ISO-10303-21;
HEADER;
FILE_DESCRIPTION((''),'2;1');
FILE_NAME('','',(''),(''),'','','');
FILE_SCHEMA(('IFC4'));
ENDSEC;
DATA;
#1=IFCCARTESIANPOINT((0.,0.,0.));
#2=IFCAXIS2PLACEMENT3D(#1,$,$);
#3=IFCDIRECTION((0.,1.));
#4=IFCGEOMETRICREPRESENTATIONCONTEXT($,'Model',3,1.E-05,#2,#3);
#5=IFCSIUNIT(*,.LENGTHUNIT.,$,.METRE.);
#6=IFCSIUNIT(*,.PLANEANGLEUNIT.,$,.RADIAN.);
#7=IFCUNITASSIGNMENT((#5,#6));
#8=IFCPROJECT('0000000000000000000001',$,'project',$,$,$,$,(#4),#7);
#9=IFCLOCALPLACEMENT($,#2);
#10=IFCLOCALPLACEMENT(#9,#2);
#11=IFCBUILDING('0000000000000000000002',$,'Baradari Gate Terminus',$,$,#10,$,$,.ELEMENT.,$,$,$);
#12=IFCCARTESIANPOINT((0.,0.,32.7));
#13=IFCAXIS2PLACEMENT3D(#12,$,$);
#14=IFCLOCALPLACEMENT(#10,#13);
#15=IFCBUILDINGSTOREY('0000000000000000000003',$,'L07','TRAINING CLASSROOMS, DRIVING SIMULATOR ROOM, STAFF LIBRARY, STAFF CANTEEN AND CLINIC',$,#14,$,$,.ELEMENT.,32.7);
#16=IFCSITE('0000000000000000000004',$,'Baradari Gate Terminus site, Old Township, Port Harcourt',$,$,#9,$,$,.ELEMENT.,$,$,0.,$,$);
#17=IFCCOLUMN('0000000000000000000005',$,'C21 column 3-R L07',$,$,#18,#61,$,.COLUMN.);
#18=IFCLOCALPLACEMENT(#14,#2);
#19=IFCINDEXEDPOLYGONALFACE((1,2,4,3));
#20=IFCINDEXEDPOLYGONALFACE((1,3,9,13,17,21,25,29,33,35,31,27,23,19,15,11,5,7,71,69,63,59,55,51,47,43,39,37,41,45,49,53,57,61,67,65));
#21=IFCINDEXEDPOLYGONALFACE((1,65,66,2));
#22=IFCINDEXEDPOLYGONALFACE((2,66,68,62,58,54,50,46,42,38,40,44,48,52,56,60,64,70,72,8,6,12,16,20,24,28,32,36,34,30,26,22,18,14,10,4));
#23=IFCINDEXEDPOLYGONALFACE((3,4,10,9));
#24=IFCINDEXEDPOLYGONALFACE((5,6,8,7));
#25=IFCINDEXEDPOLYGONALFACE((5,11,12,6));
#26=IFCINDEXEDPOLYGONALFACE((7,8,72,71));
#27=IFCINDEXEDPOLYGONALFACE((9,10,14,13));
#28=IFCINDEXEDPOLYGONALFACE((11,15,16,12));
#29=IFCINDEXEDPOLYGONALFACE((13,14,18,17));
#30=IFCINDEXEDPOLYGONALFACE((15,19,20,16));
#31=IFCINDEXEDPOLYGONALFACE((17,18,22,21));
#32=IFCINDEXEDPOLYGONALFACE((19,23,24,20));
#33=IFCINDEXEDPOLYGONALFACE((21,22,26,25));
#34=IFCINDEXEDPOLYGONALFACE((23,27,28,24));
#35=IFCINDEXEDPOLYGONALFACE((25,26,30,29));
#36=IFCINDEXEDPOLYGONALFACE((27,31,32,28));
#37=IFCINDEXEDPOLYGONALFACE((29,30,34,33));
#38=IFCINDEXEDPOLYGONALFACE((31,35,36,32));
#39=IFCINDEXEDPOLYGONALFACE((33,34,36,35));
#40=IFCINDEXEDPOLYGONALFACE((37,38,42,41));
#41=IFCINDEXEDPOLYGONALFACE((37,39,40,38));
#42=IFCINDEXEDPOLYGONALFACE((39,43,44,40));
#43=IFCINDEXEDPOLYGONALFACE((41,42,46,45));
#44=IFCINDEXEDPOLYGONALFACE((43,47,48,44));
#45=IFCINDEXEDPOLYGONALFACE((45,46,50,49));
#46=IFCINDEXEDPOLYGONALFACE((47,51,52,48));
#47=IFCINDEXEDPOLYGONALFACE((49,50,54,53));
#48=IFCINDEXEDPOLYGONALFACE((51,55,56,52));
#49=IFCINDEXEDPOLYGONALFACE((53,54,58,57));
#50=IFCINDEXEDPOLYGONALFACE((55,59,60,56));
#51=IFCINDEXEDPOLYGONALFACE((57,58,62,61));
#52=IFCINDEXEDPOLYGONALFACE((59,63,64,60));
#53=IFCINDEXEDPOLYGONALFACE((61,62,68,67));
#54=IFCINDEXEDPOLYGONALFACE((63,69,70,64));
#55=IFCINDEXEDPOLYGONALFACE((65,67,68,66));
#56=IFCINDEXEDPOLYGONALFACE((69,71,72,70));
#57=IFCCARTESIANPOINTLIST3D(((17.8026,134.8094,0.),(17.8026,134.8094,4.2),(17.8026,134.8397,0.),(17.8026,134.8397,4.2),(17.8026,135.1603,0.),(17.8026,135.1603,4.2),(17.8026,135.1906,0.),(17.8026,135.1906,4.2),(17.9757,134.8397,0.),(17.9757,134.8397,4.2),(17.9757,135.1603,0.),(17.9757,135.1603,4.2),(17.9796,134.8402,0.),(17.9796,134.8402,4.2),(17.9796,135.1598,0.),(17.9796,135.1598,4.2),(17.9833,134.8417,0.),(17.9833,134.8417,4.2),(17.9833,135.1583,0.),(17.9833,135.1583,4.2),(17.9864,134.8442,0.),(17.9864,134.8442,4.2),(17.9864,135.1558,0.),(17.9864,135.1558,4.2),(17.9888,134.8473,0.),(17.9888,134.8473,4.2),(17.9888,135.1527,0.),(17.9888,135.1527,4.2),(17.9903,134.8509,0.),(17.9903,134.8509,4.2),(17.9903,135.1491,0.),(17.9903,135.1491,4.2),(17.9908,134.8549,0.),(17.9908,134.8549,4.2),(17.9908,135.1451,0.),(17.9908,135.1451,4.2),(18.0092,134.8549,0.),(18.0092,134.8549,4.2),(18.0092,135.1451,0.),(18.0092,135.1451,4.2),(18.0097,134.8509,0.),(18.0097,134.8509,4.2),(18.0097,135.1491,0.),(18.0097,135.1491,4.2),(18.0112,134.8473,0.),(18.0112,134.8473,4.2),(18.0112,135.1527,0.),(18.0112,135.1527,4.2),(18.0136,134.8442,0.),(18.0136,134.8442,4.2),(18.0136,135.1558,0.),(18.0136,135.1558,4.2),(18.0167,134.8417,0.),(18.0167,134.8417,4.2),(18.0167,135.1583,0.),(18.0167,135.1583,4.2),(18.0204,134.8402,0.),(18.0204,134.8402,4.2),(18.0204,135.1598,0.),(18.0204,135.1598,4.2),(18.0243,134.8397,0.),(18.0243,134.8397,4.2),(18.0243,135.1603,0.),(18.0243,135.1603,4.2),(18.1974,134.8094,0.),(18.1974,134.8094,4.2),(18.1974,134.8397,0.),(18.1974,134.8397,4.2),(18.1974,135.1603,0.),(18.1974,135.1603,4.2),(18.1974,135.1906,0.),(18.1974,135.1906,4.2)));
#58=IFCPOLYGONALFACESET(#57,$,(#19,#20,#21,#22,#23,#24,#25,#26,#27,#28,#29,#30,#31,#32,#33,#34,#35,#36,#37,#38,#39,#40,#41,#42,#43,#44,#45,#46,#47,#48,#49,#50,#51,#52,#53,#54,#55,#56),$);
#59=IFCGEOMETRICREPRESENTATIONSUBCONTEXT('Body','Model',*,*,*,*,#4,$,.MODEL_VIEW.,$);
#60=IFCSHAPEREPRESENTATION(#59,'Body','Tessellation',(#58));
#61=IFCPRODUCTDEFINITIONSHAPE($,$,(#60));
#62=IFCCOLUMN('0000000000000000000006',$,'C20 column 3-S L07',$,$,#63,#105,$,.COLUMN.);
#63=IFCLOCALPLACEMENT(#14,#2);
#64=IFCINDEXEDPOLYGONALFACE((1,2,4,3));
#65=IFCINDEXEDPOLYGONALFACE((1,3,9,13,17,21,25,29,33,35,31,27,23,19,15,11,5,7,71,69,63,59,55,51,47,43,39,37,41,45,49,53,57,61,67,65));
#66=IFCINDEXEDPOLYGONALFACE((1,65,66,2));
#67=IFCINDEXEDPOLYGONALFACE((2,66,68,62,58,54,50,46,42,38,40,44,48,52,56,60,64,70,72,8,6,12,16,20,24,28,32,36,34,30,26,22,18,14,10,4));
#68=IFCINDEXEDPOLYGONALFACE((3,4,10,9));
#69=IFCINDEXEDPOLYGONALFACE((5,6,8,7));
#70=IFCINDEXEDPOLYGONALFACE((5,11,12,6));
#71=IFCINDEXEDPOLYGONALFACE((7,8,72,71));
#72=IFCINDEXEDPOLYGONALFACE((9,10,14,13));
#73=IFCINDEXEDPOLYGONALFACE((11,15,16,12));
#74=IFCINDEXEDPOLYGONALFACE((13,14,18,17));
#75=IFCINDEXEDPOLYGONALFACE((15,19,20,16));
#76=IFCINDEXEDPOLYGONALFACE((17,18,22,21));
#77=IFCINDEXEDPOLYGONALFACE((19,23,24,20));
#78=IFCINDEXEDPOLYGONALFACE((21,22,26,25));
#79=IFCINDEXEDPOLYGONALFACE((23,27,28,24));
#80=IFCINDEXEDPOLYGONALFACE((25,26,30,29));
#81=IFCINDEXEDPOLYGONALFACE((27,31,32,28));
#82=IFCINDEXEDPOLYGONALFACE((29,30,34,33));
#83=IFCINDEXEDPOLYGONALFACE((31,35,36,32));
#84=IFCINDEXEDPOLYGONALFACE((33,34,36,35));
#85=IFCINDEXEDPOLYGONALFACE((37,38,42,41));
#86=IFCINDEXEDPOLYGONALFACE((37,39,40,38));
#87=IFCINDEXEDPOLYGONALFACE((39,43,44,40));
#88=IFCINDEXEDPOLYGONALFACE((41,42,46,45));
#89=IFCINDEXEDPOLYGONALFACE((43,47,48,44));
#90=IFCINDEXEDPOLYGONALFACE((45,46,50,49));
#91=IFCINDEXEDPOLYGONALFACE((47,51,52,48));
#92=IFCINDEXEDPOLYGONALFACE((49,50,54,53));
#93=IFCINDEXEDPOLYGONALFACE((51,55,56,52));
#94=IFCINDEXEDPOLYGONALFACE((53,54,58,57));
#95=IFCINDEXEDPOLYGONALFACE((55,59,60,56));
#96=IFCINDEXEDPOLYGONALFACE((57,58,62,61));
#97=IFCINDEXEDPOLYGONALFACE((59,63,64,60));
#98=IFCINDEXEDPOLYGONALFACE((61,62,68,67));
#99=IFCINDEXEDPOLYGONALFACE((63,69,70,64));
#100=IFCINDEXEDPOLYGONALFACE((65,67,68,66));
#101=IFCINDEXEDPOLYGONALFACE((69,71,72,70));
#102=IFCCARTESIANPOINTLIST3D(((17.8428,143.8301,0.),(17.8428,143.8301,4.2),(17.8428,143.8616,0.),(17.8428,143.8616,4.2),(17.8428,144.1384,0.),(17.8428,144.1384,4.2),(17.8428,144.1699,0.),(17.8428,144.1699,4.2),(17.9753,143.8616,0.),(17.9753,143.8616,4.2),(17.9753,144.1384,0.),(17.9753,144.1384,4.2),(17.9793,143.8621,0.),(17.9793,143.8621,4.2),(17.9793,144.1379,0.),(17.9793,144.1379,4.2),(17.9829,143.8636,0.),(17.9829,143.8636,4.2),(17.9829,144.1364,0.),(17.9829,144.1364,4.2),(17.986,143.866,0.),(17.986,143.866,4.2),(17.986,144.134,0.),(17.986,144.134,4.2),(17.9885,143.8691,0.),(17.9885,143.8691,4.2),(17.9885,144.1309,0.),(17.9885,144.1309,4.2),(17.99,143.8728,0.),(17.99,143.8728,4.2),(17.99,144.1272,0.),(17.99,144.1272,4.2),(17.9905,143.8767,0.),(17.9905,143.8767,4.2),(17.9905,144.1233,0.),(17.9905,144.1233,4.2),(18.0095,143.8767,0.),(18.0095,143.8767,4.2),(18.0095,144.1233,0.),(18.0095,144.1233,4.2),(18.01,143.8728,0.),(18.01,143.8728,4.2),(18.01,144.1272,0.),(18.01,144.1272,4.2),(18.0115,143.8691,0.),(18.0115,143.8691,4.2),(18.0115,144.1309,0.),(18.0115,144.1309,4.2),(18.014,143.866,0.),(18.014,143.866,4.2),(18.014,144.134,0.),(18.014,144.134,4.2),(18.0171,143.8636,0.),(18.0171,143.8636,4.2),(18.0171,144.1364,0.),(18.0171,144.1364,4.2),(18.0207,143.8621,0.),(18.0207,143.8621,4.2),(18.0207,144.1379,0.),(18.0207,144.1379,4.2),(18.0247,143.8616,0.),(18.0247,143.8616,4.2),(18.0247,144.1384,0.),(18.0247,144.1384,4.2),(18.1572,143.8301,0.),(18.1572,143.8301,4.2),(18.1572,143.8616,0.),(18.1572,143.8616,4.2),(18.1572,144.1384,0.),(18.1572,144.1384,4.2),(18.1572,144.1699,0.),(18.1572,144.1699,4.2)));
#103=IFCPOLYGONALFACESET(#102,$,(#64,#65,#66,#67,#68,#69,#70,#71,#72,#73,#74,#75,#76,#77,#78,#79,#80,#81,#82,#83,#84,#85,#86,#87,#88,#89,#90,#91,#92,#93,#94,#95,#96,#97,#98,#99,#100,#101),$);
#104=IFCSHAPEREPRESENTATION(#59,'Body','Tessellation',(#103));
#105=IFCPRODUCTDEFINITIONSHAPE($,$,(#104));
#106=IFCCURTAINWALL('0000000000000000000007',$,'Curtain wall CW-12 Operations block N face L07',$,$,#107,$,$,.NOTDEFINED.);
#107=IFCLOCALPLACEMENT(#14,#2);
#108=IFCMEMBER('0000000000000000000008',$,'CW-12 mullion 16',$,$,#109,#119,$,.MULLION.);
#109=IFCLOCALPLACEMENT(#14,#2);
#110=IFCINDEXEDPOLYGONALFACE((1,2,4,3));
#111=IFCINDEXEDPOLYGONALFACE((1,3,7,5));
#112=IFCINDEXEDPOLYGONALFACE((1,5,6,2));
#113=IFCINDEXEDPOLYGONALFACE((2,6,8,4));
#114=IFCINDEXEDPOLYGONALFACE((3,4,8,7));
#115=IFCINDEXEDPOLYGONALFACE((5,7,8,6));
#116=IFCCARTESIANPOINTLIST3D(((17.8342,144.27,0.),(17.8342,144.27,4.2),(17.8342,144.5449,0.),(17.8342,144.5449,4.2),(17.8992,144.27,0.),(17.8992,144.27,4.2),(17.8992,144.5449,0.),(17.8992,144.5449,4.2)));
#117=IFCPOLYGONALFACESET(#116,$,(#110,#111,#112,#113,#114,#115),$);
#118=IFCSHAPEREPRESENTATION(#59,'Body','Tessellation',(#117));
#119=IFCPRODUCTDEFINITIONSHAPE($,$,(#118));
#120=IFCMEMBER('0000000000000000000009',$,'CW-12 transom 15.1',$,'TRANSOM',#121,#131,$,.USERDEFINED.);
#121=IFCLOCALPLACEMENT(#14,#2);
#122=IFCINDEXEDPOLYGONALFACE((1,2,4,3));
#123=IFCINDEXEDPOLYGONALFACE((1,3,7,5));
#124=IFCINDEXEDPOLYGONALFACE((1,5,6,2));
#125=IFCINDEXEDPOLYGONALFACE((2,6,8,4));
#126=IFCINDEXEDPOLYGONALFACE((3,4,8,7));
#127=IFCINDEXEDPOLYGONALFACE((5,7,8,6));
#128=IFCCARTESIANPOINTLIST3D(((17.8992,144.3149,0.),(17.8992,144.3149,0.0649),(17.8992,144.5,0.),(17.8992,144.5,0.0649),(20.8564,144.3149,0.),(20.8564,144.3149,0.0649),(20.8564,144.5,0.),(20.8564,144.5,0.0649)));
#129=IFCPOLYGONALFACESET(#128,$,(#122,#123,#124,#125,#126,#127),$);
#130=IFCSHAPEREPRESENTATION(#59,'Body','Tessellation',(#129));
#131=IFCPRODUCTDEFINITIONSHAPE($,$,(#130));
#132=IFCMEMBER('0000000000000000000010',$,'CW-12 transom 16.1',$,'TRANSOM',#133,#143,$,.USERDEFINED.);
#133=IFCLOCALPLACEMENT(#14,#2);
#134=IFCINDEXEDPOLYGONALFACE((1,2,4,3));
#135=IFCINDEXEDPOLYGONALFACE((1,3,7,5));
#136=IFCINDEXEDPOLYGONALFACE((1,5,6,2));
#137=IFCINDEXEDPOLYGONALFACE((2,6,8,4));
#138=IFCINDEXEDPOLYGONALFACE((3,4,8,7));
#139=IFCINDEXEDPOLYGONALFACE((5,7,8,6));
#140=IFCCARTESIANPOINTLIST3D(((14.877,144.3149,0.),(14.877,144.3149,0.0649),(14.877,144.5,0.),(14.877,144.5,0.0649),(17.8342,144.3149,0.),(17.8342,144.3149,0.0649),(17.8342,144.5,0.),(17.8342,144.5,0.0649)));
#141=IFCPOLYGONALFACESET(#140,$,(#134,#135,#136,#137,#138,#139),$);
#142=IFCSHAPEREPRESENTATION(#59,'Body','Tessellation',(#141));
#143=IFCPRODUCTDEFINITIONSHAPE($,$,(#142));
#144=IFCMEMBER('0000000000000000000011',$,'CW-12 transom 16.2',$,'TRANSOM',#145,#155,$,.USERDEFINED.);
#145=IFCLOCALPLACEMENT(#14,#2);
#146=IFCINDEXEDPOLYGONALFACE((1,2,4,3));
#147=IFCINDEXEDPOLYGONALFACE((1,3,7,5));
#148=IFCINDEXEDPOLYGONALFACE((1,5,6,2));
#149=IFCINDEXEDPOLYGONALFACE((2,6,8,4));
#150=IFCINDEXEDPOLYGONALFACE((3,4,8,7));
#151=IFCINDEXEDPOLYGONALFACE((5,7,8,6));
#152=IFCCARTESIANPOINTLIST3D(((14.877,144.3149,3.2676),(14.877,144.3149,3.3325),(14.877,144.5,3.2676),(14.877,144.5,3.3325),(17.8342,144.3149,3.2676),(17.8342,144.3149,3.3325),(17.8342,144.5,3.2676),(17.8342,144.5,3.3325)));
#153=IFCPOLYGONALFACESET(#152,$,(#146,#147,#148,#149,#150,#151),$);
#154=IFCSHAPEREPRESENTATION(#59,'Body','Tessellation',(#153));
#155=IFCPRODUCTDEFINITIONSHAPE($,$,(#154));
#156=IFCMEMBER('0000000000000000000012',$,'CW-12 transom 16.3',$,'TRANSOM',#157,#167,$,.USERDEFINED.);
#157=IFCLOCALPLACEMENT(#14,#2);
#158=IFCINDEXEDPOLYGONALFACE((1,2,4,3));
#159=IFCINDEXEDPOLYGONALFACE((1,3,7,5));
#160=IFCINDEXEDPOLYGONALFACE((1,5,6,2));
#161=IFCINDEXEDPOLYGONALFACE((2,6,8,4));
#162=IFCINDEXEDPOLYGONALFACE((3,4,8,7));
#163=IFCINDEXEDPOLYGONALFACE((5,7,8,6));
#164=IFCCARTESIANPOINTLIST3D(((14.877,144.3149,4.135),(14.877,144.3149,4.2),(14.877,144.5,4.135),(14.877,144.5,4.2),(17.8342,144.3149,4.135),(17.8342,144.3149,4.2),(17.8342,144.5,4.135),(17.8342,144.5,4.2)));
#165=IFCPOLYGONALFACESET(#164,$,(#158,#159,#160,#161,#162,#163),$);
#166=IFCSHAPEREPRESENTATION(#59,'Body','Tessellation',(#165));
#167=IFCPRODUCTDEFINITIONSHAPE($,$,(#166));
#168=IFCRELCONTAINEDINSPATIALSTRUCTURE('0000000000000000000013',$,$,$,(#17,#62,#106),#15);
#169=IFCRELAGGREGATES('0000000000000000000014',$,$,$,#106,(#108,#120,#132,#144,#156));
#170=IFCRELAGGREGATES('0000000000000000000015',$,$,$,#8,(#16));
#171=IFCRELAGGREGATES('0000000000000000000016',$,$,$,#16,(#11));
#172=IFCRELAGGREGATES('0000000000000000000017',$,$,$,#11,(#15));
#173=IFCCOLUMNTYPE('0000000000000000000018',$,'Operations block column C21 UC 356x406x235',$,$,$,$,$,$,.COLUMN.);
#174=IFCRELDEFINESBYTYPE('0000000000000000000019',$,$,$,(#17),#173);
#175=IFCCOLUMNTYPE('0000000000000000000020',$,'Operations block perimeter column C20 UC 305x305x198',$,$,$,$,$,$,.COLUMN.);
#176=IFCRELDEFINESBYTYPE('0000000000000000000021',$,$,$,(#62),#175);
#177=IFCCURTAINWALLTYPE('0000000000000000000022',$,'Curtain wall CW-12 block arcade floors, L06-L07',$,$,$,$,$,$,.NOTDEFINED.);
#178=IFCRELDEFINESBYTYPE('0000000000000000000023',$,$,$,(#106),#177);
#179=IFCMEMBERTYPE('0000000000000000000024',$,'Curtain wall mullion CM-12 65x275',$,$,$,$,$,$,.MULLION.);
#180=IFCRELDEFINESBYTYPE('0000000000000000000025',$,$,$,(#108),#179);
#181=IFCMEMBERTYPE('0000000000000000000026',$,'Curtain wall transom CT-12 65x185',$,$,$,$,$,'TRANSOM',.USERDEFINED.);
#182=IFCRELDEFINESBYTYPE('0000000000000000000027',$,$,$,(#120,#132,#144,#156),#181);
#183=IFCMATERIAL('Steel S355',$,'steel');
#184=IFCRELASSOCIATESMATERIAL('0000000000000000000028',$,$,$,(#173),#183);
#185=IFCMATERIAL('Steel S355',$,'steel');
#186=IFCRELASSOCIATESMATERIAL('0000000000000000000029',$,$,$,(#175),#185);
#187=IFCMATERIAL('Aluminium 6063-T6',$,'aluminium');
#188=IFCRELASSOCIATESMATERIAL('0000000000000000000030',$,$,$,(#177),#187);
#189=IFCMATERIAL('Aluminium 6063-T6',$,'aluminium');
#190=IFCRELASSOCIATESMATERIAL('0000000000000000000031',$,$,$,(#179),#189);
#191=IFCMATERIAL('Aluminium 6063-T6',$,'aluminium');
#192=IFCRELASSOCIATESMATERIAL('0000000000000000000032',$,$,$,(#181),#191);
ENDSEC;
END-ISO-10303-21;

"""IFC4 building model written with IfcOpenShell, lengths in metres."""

from ifc_helpers import new_model, si_unit, direction, frame, origin, origin_2d, place, context, subcontext, project, spatial, rectangle, i_section, extrude, material, material_profile, profile_set, type_object, element, aggregate, save


model = new_model("IFC4")

# Units and contexts
model_context = context("Model", 3, precision=1e-05, world=origin(), true_north=direction((0.0, 1.0)))
body_context = subcontext(model_context, "Body", "Model", "MODEL_VIEW")
ifc_project = project(units=[si_unit("LENGTHUNIT", "METRE"), si_unit("PLANEANGLEUNIT", "RADIAN")], contexts=[model_context])

# Site, building, storey
site_placement = place(None, origin())
site = spatial("IfcSite", under=ifc_project, at=site_placement, Name="Baradari Gate Terminus site, Old Township, Port Harcourt", CompositionType="ELEMENT", RefElevation=0.0)
building_placement = place(site_placement, origin())
building = spatial("IfcBuilding", under=site, at=building_placement, Name="Baradari Gate Terminus", CompositionType="ELEMENT")
storey_placement = place(building_placement, frame((0.0, 0.0, 32.7)))
storey = spatial("IfcBuildingStorey", under=building, at=storey_placement, Name="L07", Description="TRAINING CLASSROOMS, DRIVING SIMULATOR ROOM, STAFF LIBRARY, STAFF CANTEEN AND CLINIC", CompositionType="ELEMENT", Elevation=32.7)

# Columns
ifc_material_1 = material(Name="Steel S355", Category="steel")
ifc_material_profile_1 = material_profile(ifc_material_1, i_section(OverallWidth=0.3948, OverallDepth=0.3811, WebThickness=0.0183, FlangeThickness=0.0303, FilletRadius=0.0151, at=origin_2d()), Name="UC 356x406x235")
ifc_profile_set_1 = profile_set([ifc_material_profile_1], Name="Steel S355")
column_type_1 = type_object("IfcColumnType", Name="Operations block column C21 UC 356x406x235", PredefinedType="COLUMN", material=ifc_profile_set_1)
column_1_placement = place(storey_placement, frame((18.0, 135.0, 0.0), z_axis=(0.0, 0.0, 1.0), x_axis=(1.0, 0.0, 0.0)))
element("IfcColumn", 1, at=column_1_placement, inside=storey, type_object=column_type_1, Name="C21 column 3-R L07", PredefinedType="COLUMN", context=body_context, shape_type="SweptSolid", body=[
    extrude(i_section(OverallWidth=0.3948, OverallDepth=0.3811, WebThickness=0.0183, FlangeThickness=0.0303, FilletRadius=0.0151, at=origin_2d()), origin(), (0.0, 0.0, 1.0), 4.2),
])
ifc_material_2 = material(Name="Steel S355", Category="steel")
ifc_material_profile_2 = material_profile(ifc_material_2, i_section(OverallWidth=0.3145, OverallDepth=0.3398, WebThickness=0.019, FlangeThickness=0.0315, FilletRadius=0.0151, at=origin_2d()), Name="UC 305x305x198")
ifc_profile_set_2 = profile_set([ifc_material_profile_2], Name="Steel S355")
column_type_2 = type_object("IfcColumnType", Name="Operations block perimeter column C20 UC 305x305x198", PredefinedType="COLUMN", material=ifc_profile_set_2)
column_2_placement = place(storey_placement, frame((18.0, 144.0, 0.0), z_axis=(0.0, 0.0, 1.0), x_axis=(1.0, 0.0, 0.0)))
element("IfcColumn", 2, at=column_2_placement, inside=storey, type_object=column_type_2, Name="C20 column 3-S L07", PredefinedType="COLUMN", context=body_context, shape_type="SweptSolid", body=[
    extrude(i_section(OverallWidth=0.3145, OverallDepth=0.3398, WebThickness=0.019, FlangeThickness=0.0315, FilletRadius=0.0151, at=origin_2d()), origin(), (0.0, 0.0, 1.0), 4.2),
])

# Curtain wall, members
ifc_material_3 = material(Name="Aluminium 6063-T6", Category="aluminium")
curtain_wall_type = type_object("IfcCurtainWallType", Name="Curtain wall CW-12 block arcade floors, L06-L07", PredefinedType="NOTDEFINED", material=ifc_material_3)
curtain_wall_placement = place(storey_placement, origin())
curtain_wall = element("IfcCurtainWall", 3, at=curtain_wall_placement, inside=storey, type_object=curtain_wall_type, Name="Curtain wall CW-12 Operations block N face L07", PredefinedType="NOTDEFINED")
ifc_material_4 = material(Name="Aluminium 6063-T6", Category="aluminium")
ifc_material_profile_3 = material_profile(ifc_material_4, rectangle(XDim=0.2749, YDim=0.0649, at=origin_2d()), Name="CM-12 65X275")
ifc_profile_set_3 = profile_set([ifc_material_profile_3], Name="Aluminium 6063-T6")
member_type_1 = type_object("IfcMemberType", Name="Curtain wall mullion CM-12 65x275", PredefinedType="MULLION", material=ifc_profile_set_3)
member_1_placement = place(storey_placement, frame((17.8667, 144.4075, 0.0), z_axis=(0.0, 0.0, 1.0), x_axis=(0.0, -1.0, 0.0)))
member_1 = element("IfcMember", 4, at=member_1_placement, type_object=member_type_1, Name="CW-12 mullion 16", PredefinedType="MULLION", context=body_context, shape_type="SweptSolid", body=[
    extrude(rectangle(XDim=0.2749, YDim=0.0649, at=origin_2d()), origin(), (0.0, 0.0, 1.0), 4.2),
])
ifc_material_5 = material(Name="Aluminium 6063-T6", Category="aluminium")
ifc_material_profile_4 = material_profile(ifc_material_5, rectangle(XDim=0.1851, YDim=0.0649, at=origin_2d()), Name="CT-12 65X185")
ifc_profile_set_4 = profile_set([ifc_material_profile_4], Name="Aluminium 6063-T6")
member_type_2 = type_object("IfcMemberType", Name="Curtain wall transom CT-12 65x185", ElementType="TRANSOM", PredefinedType="USERDEFINED", material=ifc_profile_set_4)
member_2_placement = place(storey_placement, frame((20.8564, 144.4075, 0.0325), z_axis=(-1.0, 0.0, 0.0), x_axis=(0.0, -1.0, 0.0)))
member_2 = element("IfcMember", 5, at=member_2_placement, type_object=member_type_2, Name="CW-12 transom 15.1", ObjectType="TRANSOM", PredefinedType="USERDEFINED", context=body_context, shape_type="SweptSolid", body=[
    extrude(rectangle(XDim=0.1851, YDim=0.0649, at=origin_2d()), origin(), (0.0, 0.0, 1.0), 2.9573),
])
member_3_placement = place(storey_placement, frame((17.8342, 144.4075, 0.0325), z_axis=(-1.0, 0.0, 0.0), x_axis=(0.0, -1.0, 0.0)))
member_3 = element("IfcMember", 6, at=member_3_placement, type_object=member_type_2, Name="CW-12 transom 16.1", ObjectType="TRANSOM", PredefinedType="USERDEFINED", context=body_context, shape_type="SweptSolid", body=[
    extrude(rectangle(XDim=0.1851, YDim=0.0649, at=origin_2d()), origin(), (0.0, 0.0, 1.0), 2.9573),
])
member_4_placement = place(storey_placement, frame((17.8342, 144.4075, 3.3), z_axis=(-1.0, 0.0, 0.0), x_axis=(0.0, -1.0, 0.0)))
member_4 = element("IfcMember", 7, at=member_4_placement, type_object=member_type_2, Name="CW-12 transom 16.2", ObjectType="TRANSOM", PredefinedType="USERDEFINED", context=body_context, shape_type="SweptSolid", body=[
    extrude(rectangle(XDim=0.1851, YDim=0.0649, at=origin_2d()), origin(), (0.0, 0.0, 1.0), 2.9573),
])
member_5_placement = place(storey_placement, frame((17.8342, 144.4075, 4.1675), z_axis=(-1.0, 0.0, 0.0), x_axis=(0.0, -1.0, 0.0)))
member_5 = element("IfcMember", 8, at=member_5_placement, type_object=member_type_2, Name="CW-12 transom 16.3", ObjectType="TRANSOM", PredefinedType="USERDEFINED", context=body_context, shape_type="SweptSolid", body=[
    extrude(rectangle(XDim=0.1851, YDim=0.0649, at=origin_2d()), origin(), (0.0, 0.0, 1.0), 2.9573),
])

aggregate(curtain_wall, [member_1, member_2, member_3, member_4, member_5])

save(model, "model.ifc")
